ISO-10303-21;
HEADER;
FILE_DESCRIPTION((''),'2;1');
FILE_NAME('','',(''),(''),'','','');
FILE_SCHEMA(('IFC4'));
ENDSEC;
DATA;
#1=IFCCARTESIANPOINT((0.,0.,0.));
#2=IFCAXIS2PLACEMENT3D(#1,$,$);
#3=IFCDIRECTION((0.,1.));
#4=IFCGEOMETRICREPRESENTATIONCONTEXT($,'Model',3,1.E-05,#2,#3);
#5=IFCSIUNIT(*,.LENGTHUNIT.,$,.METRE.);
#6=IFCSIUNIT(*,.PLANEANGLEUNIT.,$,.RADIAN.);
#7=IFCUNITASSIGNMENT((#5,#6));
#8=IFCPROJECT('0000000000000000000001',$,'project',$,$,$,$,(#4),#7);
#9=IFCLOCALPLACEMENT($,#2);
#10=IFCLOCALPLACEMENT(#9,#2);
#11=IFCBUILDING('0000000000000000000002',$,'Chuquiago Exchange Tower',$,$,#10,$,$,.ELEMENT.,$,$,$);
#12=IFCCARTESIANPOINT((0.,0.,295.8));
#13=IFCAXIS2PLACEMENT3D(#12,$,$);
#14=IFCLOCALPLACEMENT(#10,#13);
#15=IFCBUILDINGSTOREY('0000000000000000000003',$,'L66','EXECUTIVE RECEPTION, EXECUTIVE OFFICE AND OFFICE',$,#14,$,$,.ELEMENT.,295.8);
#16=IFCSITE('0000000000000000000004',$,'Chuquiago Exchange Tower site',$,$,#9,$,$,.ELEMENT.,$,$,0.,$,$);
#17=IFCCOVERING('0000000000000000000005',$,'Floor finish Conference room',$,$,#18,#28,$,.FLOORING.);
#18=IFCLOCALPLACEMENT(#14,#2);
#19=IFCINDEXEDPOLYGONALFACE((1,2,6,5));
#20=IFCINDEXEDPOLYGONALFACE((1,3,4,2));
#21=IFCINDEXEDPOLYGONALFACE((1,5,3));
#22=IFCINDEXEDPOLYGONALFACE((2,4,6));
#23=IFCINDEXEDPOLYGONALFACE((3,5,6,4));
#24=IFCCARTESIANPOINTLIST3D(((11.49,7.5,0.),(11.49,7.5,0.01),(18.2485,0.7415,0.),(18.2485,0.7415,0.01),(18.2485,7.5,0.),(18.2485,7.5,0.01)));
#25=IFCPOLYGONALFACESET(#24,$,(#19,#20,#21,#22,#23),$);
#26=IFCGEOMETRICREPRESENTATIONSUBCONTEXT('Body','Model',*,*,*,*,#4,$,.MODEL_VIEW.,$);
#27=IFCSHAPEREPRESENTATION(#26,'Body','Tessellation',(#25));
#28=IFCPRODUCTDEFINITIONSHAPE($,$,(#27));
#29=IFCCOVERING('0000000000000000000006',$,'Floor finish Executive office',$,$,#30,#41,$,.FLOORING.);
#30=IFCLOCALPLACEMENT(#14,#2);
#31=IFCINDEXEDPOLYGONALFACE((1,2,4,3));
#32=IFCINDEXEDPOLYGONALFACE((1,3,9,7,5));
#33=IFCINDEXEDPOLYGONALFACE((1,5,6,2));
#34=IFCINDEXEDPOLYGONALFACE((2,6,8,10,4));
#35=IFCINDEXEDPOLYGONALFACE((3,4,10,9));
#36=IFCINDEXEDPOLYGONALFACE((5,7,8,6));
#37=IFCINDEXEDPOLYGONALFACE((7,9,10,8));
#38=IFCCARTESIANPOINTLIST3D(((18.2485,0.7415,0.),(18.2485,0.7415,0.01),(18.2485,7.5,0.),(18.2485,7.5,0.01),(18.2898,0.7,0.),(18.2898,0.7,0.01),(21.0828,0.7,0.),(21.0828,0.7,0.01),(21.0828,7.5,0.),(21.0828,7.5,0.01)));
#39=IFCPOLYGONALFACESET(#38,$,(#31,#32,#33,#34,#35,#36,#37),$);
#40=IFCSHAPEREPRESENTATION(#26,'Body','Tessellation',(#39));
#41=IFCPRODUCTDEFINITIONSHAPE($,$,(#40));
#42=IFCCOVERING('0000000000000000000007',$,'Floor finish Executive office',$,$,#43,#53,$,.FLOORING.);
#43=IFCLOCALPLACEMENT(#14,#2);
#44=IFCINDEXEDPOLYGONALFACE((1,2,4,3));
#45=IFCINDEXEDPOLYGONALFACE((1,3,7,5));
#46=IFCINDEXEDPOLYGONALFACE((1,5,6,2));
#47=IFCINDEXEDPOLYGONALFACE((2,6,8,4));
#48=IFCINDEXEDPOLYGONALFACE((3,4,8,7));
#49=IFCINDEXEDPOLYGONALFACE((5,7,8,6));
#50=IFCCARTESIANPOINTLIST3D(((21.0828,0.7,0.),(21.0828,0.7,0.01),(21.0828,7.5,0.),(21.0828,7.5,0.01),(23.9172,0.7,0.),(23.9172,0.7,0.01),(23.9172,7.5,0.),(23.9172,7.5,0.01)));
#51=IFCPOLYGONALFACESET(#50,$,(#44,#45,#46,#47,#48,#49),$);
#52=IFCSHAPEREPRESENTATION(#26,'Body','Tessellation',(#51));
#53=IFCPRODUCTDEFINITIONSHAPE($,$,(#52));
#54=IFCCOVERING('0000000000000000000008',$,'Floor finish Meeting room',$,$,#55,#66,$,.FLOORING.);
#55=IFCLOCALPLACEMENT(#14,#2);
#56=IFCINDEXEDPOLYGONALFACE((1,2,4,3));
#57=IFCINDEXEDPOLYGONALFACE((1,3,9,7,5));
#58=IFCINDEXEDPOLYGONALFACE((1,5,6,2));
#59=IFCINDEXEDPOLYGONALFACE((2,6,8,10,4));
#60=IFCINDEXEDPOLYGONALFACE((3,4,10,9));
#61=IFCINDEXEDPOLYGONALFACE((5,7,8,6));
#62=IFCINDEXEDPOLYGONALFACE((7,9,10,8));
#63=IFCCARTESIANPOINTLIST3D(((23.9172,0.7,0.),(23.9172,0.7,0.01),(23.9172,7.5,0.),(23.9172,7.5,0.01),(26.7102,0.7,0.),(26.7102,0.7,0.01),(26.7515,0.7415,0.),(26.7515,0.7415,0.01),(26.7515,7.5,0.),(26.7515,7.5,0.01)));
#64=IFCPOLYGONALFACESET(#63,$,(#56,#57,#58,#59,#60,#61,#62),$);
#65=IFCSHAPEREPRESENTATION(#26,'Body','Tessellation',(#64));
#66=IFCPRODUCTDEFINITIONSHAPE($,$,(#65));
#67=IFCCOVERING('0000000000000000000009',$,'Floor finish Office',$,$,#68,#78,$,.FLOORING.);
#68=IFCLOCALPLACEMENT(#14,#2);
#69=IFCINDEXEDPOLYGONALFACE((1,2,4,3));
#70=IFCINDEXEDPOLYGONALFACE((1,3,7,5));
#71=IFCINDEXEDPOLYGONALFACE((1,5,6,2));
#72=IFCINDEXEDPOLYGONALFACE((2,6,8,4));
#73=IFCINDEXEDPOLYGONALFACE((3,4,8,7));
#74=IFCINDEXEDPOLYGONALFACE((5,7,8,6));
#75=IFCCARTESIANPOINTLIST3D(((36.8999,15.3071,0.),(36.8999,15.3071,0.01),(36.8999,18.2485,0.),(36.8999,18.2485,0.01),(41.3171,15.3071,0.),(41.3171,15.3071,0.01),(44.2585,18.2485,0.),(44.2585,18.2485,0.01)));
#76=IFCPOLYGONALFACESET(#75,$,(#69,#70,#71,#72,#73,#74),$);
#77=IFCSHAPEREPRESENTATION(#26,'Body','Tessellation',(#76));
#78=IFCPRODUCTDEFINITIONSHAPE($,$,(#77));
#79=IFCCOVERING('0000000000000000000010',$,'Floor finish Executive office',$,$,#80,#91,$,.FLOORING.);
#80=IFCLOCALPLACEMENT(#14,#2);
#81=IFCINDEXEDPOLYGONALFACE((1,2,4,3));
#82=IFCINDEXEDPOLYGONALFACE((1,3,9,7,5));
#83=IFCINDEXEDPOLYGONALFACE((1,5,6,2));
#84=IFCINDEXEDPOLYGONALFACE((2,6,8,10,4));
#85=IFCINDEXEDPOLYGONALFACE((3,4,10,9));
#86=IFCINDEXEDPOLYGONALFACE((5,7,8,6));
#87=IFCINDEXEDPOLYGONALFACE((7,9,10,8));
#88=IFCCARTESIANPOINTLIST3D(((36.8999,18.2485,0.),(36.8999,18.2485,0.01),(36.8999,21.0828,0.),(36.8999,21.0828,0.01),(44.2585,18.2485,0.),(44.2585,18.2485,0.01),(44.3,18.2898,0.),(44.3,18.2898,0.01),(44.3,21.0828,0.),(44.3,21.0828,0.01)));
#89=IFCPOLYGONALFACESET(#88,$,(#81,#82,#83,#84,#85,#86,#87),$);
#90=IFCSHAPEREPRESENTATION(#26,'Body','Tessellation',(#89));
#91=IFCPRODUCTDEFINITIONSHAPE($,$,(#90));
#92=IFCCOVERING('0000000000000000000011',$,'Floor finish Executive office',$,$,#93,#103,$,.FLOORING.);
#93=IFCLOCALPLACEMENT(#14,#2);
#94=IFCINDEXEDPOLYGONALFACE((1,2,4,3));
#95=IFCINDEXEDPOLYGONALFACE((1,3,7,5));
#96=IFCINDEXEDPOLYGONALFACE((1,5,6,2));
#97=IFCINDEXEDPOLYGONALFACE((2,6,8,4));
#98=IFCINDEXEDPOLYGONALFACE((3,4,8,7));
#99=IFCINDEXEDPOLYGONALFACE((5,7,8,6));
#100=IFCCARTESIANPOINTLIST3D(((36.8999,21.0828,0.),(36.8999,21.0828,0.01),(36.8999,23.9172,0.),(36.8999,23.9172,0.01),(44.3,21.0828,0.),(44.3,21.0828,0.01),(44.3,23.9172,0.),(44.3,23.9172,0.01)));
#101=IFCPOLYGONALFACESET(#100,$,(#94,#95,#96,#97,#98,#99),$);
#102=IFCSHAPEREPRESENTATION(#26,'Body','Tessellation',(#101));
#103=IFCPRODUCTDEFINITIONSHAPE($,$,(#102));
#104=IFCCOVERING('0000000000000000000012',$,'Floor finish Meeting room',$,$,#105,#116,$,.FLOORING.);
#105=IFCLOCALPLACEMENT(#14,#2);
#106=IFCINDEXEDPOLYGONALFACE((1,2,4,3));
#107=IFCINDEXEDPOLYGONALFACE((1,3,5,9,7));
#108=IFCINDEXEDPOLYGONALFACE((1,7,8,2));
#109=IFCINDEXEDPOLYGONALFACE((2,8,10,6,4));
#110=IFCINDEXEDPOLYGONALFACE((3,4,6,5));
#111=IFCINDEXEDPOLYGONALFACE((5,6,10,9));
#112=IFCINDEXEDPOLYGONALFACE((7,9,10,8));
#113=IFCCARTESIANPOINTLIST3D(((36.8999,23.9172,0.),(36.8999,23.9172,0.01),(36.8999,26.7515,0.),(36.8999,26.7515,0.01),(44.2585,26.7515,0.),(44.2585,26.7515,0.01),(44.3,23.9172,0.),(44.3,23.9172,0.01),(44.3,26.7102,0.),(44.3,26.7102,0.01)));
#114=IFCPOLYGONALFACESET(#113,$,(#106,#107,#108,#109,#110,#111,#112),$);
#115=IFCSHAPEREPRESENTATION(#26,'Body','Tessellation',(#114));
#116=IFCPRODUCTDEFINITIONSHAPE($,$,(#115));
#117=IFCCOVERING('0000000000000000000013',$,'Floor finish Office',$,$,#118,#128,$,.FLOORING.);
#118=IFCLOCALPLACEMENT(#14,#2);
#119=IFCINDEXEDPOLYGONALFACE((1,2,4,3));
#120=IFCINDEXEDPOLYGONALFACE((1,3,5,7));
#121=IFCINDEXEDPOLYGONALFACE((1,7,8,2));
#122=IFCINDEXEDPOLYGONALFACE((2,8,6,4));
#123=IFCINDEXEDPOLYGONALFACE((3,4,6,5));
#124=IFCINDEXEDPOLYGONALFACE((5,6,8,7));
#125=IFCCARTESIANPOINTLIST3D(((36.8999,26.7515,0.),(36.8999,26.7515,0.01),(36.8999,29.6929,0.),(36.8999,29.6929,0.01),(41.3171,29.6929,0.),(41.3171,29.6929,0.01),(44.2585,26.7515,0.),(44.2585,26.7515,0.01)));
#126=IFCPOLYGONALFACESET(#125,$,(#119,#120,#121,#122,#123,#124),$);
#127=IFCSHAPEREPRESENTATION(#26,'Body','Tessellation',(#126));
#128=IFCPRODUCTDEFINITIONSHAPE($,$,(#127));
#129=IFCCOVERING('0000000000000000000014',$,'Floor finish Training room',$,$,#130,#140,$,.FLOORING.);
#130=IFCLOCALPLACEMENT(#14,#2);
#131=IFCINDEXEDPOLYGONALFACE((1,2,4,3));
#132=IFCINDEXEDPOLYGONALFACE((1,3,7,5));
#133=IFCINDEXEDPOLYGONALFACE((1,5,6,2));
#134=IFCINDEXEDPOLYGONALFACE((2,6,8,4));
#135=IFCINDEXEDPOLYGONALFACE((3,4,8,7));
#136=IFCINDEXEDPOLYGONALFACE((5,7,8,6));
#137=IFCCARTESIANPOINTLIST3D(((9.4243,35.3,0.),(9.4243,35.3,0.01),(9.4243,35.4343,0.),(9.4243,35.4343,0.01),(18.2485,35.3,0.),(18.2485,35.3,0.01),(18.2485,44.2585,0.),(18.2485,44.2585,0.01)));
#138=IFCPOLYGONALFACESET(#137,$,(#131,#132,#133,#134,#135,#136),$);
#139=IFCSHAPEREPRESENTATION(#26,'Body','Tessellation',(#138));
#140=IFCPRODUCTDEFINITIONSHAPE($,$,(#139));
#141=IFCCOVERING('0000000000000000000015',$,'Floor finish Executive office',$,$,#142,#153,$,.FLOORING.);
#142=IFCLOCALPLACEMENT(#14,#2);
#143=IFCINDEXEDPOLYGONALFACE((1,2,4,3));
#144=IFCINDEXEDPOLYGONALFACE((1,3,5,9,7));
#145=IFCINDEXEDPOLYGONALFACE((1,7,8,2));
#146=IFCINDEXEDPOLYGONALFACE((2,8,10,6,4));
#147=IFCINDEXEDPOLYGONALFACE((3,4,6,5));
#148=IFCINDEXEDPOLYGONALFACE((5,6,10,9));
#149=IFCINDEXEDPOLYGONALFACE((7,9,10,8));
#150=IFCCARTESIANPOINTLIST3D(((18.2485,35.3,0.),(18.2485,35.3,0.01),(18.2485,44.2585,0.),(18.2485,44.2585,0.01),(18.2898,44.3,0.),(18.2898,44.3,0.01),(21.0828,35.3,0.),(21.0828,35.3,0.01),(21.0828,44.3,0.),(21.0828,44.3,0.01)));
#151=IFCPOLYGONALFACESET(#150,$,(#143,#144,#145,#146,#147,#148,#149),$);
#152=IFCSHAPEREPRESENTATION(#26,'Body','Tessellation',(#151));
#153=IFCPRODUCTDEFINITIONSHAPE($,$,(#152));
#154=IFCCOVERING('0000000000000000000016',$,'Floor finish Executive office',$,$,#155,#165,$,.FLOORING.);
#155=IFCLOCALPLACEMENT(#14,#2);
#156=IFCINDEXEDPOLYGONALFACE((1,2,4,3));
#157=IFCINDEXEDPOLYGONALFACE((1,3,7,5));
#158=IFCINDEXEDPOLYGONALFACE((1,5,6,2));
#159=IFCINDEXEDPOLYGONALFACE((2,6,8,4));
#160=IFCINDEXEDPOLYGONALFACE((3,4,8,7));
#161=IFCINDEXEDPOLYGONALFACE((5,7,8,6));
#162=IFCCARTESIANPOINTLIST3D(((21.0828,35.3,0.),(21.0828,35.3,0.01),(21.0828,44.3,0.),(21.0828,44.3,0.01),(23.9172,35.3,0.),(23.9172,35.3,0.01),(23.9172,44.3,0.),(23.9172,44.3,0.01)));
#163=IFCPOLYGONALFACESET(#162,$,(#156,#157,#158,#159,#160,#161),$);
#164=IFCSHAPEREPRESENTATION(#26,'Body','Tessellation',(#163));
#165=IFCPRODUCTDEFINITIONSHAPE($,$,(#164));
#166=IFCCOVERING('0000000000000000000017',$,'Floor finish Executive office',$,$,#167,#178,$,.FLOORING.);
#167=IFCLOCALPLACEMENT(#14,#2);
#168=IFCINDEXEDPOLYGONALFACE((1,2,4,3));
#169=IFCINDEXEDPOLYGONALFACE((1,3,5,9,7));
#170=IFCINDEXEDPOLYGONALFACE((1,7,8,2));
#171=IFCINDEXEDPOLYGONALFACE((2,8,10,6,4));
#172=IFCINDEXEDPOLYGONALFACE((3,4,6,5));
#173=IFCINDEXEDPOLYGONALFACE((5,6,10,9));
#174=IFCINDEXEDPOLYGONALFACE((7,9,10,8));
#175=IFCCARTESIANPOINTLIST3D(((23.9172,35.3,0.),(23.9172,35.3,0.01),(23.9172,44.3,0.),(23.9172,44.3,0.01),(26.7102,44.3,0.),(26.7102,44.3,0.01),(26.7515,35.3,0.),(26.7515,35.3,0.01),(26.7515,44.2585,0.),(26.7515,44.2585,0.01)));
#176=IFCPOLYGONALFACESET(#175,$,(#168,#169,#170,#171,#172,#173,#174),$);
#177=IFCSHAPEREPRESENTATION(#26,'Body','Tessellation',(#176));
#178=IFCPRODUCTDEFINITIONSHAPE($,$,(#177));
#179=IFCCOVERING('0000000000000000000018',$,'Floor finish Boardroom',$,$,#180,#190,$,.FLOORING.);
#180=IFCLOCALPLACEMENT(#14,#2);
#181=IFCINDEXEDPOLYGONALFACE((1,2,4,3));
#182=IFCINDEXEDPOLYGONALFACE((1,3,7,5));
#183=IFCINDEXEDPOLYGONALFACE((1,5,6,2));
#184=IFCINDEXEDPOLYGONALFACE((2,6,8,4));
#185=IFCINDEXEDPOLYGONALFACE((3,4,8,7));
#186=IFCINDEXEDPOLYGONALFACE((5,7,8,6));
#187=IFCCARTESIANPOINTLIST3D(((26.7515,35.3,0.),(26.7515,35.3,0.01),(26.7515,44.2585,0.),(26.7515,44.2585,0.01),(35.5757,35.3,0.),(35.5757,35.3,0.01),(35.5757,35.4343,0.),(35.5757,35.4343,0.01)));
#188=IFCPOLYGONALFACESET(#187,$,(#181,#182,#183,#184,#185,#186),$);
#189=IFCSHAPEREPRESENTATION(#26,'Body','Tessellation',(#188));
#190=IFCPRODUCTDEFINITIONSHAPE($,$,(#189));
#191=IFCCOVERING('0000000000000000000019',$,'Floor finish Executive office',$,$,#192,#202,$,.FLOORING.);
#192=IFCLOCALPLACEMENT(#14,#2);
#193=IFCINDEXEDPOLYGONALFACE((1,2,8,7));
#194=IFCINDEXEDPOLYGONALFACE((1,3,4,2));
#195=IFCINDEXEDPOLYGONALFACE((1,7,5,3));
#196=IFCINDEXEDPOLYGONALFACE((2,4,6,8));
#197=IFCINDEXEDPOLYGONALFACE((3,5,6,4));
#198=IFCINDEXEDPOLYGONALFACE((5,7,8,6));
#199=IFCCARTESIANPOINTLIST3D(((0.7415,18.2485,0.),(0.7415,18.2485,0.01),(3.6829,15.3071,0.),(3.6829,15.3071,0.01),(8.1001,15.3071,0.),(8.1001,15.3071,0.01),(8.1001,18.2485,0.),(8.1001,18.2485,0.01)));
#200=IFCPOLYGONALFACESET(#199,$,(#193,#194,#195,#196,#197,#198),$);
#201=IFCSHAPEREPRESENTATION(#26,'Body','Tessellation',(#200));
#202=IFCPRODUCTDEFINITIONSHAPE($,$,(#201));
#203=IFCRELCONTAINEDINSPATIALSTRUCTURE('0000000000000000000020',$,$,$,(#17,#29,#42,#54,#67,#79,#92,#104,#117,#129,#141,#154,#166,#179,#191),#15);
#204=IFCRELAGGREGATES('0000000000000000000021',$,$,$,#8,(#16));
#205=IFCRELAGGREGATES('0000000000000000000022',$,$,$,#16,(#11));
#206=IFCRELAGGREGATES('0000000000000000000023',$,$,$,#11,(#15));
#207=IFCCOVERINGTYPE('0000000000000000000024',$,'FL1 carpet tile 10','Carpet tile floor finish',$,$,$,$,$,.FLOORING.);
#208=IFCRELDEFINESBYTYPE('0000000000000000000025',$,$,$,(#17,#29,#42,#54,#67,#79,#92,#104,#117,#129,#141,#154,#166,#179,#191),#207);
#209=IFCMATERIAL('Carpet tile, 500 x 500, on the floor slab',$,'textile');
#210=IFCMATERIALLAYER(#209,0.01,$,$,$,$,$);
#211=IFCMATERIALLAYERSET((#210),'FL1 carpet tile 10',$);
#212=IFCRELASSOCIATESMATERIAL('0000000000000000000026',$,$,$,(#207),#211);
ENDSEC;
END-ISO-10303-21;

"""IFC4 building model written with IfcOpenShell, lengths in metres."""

from ifc_helpers import new_model, si_unit, direction, frame, origin, place, context, subcontext, project, spatial, polyline, outline, extrude, material, layer, layer_set, type_object, element, save


model = new_model("IFC4")

# Units and contexts
model_context = context("Model", 3, precision=1e-05, world=origin(), true_north=direction((0.0, 1.0)))
body_context = subcontext(model_context, "Body", "Model", "MODEL_VIEW")
ifc_project = project(units=[si_unit("LENGTHUNIT", "METRE"), si_unit("PLANEANGLEUNIT", "RADIAN")], contexts=[model_context])

# Site, building, storey
site_placement = place(None, origin())
site = spatial("IfcSite", under=ifc_project, at=site_placement, Name="Chuquiago Exchange Tower site", CompositionType="ELEMENT", RefElevation=0.0)
building_placement = place(site_placement, origin())
building = spatial("IfcBuilding", under=site, at=building_placement, Name="Chuquiago Exchange Tower", CompositionType="ELEMENT")
storey_placement = place(building_placement, frame((0.0, 0.0, 295.8)))
storey = spatial("IfcBuildingStorey", under=building, at=storey_placement, Name="L66", Description="EXECUTIVE RECEPTION, EXECUTIVE OFFICE AND OFFICE", CompositionType="ELEMENT", Elevation=295.8)

# Coverings
ifc_material_1 = material(Name="Carpet tile, 500 x 500, on the floor slab", Category="textile")
ifc_layer_1 = layer(ifc_material_1, 0.01)
ifc_layer_set_1 = layer_set([ifc_layer_1], Name="FL1 carpet tile 10")
covering_type_1 = type_object("IfcCoveringType", Name="FL1 carpet tile 10", Description="Carpet tile floor finish", PredefinedType="FLOORING", material=ifc_layer_set_1)
covering_1_placement = place(storey_placement, origin())
element("IfcCovering", 1, at=covering_1_placement, inside=storey, type_object=covering_type_1, Name="Floor finish Conference room", PredefinedType="FLOORING", context=body_context, shape_type="SweptSolid", body=[
    extrude(outline(polyline([(11.49, 7.5), (18.2485, 7.5), (18.2485, 0.7415), (11.49, 7.5)])), origin(), (0.0, 0.0, 1.0), 0.01),
])
covering_2_placement = place(storey_placement, origin())
element("IfcCovering", 2, at=covering_2_placement, inside=storey, type_object=covering_type_1, Name="Floor finish Executive office", PredefinedType="FLOORING", context=body_context, shape_type="SweptSolid", body=[
    extrude(outline(polyline([(18.2898, 0.7), (18.2485, 0.7415), (18.2485, 7.5), (21.0828, 7.5), (21.0828, 0.7), (18.2898, 0.7)])), origin(), (0.0, 0.0, 1.0), 0.01),
])
covering_3_placement = place(storey_placement, origin())
element("IfcCovering", 3, at=covering_3_placement, inside=storey, type_object=covering_type_1, Name="Floor finish Executive office", PredefinedType="FLOORING", context=body_context, shape_type="SweptSolid", body=[
    extrude(outline(polyline([(21.0828, 0.7), (21.0828, 7.5), (23.9172, 7.5), (23.9172, 0.7), (21.0828, 0.7)])), origin(), (0.0, 0.0, 1.0), 0.01),
])
covering_4_placement = place(storey_placement, origin())
element("IfcCovering", 4, at=covering_4_placement, inside=storey, type_object=covering_type_1, Name="Floor finish Meeting room", PredefinedType="FLOORING", context=body_context, shape_type="SweptSolid", body=[
    extrude(outline(polyline([(26.7102, 0.7), (23.9172, 0.7), (23.9172, 7.5), (26.7515, 7.5), (26.7515, 0.7415), (26.7102, 0.7)])), origin(), (0.0, 0.0, 1.0), 0.01),
])
covering_5_placement = place(storey_placement, origin())
element("IfcCovering", 5, at=covering_5_placement, inside=storey, type_object=covering_type_1, Name="Floor finish Office", PredefinedType="FLOORING", context=body_context, shape_type="SweptSolid", body=[
    extrude(outline(polyline([(41.3171, 15.3071), (36.8999, 15.3071), (36.8999, 18.2485), (44.2585, 18.2485), (41.3171, 15.3071)])), origin(), (0.0, 0.0, 1.0), 0.01),
])
covering_6_placement = place(storey_placement, origin())
element("IfcCovering", 6, at=covering_6_placement, inside=storey, type_object=covering_type_1, Name="Floor finish Executive office", PredefinedType="FLOORING", context=body_context, shape_type="SweptSolid", body=[
    extrude(outline(polyline([(44.3, 18.2898), (44.2585, 18.2485), (36.8999, 18.2485), (36.8999, 21.0828), (44.3, 21.0828), (44.3, 18.2898)])), origin(), (0.0, 0.0, 1.0), 0.01),
])
covering_7_placement = place(storey_placement, origin())
element("IfcCovering", 7, at=covering_7_placement, inside=storey, type_object=covering_type_1, Name="Floor finish Executive office", PredefinedType="FLOORING", context=body_context, shape_type="SweptSolid", body=[
    extrude(outline(polyline([(44.3, 21.0828), (36.8999, 21.0828), (36.8999, 23.9172), (44.3, 23.9172), (44.3, 21.0828)])), origin(), (0.0, 0.0, 1.0), 0.01),
])
covering_8_placement = place(storey_placement, origin())
element("IfcCovering", 8, at=covering_8_placement, inside=storey, type_object=covering_type_1, Name="Floor finish Meeting room", PredefinedType="FLOORING", context=body_context, shape_type="SweptSolid", body=[
    extrude(outline(polyline([(44.3, 26.7102), (44.3, 23.9172), (36.8999, 23.9172), (36.8999, 26.7515), (44.2585, 26.7515), (44.3, 26.7102)])), origin(), (0.0, 0.0, 1.0), 0.01),
])
covering_9_placement = place(storey_placement, origin())
element("IfcCovering", 9, at=covering_9_placement, inside=storey, type_object=covering_type_1, Name="Floor finish Office", PredefinedType="FLOORING", context=body_context, shape_type="SweptSolid", body=[
    extrude(outline(polyline([(44.2585, 26.7515), (36.8999, 26.7515), (36.8999, 29.6929), (41.3171, 29.6929), (44.2585, 26.7515)])), origin(), (0.0, 0.0, 1.0), 0.01),
])
covering_10_placement = place(storey_placement, origin())
element("IfcCovering", 10, at=covering_10_placement, inside=storey, type_object=covering_type_1, Name="Floor finish Training room", PredefinedType="FLOORING", context=body_context, shape_type="SweptSolid", body=[
    extrude(outline(polyline([(18.2485, 44.2585), (18.2485, 35.3), (9.4243, 35.3), (9.4243, 35.4343), (18.2485, 44.2585)])), origin(), (0.0, 0.0, 1.0), 0.01),
])
covering_11_placement = place(storey_placement, origin())
element("IfcCovering", 11, at=covering_11_placement, inside=storey, type_object=covering_type_1, Name="Floor finish Executive office", PredefinedType="FLOORING", context=body_context, shape_type="SweptSolid", body=[
    extrude(outline(polyline([(18.2898, 44.3), (21.0828, 44.3), (21.0828, 35.3), (18.2485, 35.3), (18.2485, 44.2585), (18.2898, 44.3)])), origin(), (0.0, 0.0, 1.0), 0.01),
])
covering_12_placement = place(storey_placement, origin())
element("IfcCovering", 12, at=covering_12_placement, inside=storey, type_object=covering_type_1, Name="Floor finish Executive office", PredefinedType="FLOORING", context=body_context, shape_type="SweptSolid", body=[
    extrude(outline(polyline([(23.9172, 44.3), (23.9172, 35.3), (21.0828, 35.3), (21.0828, 44.3), (23.9172, 44.3)])), origin(), (0.0, 0.0, 1.0), 0.01),
])
covering_13_placement = place(storey_placement, origin())
element("IfcCovering", 13, at=covering_13_placement, inside=storey, type_object=covering_type_1, Name="Floor finish Executive office", PredefinedType="FLOORING", context=body_context, shape_type="SweptSolid", body=[
    extrude(outline(polyline([(26.7102, 44.3), (26.7515, 44.2585), (26.7515, 35.3), (23.9172, 35.3), (23.9172, 44.3), (26.7102, 44.3)])), origin(), (0.0, 0.0, 1.0), 0.01),
])
covering_14_placement = place(storey_placement, origin())
element("IfcCovering", 14, at=covering_14_placement, inside=storey, type_object=covering_type_1, Name="Floor finish Boardroom", PredefinedType="FLOORING", context=body_context, shape_type="SweptSolid", body=[
    extrude(outline(polyline([(35.5757, 35.4343), (35.5757, 35.3), (26.7515, 35.3), (26.7515, 44.2585), (35.5757, 35.4343)])), origin(), (0.0, 0.0, 1.0), 0.01),
])
covering_15_placement = place(storey_placement, origin())
element("IfcCovering", 15, at=covering_15_placement, inside=storey, type_object=covering_type_1, Name="Floor finish Executive office", PredefinedType="FLOORING", context=body_context, shape_type="SweptSolid", body=[
    extrude(outline(polyline([(0.7415, 18.2485), (8.1001, 18.2485), (8.1001, 15.3071), (3.6829, 15.3071), (0.7415, 18.2485)])), origin(), (0.0, 0.0, 1.0), 0.01),
])

save(model, "model.ifc")
